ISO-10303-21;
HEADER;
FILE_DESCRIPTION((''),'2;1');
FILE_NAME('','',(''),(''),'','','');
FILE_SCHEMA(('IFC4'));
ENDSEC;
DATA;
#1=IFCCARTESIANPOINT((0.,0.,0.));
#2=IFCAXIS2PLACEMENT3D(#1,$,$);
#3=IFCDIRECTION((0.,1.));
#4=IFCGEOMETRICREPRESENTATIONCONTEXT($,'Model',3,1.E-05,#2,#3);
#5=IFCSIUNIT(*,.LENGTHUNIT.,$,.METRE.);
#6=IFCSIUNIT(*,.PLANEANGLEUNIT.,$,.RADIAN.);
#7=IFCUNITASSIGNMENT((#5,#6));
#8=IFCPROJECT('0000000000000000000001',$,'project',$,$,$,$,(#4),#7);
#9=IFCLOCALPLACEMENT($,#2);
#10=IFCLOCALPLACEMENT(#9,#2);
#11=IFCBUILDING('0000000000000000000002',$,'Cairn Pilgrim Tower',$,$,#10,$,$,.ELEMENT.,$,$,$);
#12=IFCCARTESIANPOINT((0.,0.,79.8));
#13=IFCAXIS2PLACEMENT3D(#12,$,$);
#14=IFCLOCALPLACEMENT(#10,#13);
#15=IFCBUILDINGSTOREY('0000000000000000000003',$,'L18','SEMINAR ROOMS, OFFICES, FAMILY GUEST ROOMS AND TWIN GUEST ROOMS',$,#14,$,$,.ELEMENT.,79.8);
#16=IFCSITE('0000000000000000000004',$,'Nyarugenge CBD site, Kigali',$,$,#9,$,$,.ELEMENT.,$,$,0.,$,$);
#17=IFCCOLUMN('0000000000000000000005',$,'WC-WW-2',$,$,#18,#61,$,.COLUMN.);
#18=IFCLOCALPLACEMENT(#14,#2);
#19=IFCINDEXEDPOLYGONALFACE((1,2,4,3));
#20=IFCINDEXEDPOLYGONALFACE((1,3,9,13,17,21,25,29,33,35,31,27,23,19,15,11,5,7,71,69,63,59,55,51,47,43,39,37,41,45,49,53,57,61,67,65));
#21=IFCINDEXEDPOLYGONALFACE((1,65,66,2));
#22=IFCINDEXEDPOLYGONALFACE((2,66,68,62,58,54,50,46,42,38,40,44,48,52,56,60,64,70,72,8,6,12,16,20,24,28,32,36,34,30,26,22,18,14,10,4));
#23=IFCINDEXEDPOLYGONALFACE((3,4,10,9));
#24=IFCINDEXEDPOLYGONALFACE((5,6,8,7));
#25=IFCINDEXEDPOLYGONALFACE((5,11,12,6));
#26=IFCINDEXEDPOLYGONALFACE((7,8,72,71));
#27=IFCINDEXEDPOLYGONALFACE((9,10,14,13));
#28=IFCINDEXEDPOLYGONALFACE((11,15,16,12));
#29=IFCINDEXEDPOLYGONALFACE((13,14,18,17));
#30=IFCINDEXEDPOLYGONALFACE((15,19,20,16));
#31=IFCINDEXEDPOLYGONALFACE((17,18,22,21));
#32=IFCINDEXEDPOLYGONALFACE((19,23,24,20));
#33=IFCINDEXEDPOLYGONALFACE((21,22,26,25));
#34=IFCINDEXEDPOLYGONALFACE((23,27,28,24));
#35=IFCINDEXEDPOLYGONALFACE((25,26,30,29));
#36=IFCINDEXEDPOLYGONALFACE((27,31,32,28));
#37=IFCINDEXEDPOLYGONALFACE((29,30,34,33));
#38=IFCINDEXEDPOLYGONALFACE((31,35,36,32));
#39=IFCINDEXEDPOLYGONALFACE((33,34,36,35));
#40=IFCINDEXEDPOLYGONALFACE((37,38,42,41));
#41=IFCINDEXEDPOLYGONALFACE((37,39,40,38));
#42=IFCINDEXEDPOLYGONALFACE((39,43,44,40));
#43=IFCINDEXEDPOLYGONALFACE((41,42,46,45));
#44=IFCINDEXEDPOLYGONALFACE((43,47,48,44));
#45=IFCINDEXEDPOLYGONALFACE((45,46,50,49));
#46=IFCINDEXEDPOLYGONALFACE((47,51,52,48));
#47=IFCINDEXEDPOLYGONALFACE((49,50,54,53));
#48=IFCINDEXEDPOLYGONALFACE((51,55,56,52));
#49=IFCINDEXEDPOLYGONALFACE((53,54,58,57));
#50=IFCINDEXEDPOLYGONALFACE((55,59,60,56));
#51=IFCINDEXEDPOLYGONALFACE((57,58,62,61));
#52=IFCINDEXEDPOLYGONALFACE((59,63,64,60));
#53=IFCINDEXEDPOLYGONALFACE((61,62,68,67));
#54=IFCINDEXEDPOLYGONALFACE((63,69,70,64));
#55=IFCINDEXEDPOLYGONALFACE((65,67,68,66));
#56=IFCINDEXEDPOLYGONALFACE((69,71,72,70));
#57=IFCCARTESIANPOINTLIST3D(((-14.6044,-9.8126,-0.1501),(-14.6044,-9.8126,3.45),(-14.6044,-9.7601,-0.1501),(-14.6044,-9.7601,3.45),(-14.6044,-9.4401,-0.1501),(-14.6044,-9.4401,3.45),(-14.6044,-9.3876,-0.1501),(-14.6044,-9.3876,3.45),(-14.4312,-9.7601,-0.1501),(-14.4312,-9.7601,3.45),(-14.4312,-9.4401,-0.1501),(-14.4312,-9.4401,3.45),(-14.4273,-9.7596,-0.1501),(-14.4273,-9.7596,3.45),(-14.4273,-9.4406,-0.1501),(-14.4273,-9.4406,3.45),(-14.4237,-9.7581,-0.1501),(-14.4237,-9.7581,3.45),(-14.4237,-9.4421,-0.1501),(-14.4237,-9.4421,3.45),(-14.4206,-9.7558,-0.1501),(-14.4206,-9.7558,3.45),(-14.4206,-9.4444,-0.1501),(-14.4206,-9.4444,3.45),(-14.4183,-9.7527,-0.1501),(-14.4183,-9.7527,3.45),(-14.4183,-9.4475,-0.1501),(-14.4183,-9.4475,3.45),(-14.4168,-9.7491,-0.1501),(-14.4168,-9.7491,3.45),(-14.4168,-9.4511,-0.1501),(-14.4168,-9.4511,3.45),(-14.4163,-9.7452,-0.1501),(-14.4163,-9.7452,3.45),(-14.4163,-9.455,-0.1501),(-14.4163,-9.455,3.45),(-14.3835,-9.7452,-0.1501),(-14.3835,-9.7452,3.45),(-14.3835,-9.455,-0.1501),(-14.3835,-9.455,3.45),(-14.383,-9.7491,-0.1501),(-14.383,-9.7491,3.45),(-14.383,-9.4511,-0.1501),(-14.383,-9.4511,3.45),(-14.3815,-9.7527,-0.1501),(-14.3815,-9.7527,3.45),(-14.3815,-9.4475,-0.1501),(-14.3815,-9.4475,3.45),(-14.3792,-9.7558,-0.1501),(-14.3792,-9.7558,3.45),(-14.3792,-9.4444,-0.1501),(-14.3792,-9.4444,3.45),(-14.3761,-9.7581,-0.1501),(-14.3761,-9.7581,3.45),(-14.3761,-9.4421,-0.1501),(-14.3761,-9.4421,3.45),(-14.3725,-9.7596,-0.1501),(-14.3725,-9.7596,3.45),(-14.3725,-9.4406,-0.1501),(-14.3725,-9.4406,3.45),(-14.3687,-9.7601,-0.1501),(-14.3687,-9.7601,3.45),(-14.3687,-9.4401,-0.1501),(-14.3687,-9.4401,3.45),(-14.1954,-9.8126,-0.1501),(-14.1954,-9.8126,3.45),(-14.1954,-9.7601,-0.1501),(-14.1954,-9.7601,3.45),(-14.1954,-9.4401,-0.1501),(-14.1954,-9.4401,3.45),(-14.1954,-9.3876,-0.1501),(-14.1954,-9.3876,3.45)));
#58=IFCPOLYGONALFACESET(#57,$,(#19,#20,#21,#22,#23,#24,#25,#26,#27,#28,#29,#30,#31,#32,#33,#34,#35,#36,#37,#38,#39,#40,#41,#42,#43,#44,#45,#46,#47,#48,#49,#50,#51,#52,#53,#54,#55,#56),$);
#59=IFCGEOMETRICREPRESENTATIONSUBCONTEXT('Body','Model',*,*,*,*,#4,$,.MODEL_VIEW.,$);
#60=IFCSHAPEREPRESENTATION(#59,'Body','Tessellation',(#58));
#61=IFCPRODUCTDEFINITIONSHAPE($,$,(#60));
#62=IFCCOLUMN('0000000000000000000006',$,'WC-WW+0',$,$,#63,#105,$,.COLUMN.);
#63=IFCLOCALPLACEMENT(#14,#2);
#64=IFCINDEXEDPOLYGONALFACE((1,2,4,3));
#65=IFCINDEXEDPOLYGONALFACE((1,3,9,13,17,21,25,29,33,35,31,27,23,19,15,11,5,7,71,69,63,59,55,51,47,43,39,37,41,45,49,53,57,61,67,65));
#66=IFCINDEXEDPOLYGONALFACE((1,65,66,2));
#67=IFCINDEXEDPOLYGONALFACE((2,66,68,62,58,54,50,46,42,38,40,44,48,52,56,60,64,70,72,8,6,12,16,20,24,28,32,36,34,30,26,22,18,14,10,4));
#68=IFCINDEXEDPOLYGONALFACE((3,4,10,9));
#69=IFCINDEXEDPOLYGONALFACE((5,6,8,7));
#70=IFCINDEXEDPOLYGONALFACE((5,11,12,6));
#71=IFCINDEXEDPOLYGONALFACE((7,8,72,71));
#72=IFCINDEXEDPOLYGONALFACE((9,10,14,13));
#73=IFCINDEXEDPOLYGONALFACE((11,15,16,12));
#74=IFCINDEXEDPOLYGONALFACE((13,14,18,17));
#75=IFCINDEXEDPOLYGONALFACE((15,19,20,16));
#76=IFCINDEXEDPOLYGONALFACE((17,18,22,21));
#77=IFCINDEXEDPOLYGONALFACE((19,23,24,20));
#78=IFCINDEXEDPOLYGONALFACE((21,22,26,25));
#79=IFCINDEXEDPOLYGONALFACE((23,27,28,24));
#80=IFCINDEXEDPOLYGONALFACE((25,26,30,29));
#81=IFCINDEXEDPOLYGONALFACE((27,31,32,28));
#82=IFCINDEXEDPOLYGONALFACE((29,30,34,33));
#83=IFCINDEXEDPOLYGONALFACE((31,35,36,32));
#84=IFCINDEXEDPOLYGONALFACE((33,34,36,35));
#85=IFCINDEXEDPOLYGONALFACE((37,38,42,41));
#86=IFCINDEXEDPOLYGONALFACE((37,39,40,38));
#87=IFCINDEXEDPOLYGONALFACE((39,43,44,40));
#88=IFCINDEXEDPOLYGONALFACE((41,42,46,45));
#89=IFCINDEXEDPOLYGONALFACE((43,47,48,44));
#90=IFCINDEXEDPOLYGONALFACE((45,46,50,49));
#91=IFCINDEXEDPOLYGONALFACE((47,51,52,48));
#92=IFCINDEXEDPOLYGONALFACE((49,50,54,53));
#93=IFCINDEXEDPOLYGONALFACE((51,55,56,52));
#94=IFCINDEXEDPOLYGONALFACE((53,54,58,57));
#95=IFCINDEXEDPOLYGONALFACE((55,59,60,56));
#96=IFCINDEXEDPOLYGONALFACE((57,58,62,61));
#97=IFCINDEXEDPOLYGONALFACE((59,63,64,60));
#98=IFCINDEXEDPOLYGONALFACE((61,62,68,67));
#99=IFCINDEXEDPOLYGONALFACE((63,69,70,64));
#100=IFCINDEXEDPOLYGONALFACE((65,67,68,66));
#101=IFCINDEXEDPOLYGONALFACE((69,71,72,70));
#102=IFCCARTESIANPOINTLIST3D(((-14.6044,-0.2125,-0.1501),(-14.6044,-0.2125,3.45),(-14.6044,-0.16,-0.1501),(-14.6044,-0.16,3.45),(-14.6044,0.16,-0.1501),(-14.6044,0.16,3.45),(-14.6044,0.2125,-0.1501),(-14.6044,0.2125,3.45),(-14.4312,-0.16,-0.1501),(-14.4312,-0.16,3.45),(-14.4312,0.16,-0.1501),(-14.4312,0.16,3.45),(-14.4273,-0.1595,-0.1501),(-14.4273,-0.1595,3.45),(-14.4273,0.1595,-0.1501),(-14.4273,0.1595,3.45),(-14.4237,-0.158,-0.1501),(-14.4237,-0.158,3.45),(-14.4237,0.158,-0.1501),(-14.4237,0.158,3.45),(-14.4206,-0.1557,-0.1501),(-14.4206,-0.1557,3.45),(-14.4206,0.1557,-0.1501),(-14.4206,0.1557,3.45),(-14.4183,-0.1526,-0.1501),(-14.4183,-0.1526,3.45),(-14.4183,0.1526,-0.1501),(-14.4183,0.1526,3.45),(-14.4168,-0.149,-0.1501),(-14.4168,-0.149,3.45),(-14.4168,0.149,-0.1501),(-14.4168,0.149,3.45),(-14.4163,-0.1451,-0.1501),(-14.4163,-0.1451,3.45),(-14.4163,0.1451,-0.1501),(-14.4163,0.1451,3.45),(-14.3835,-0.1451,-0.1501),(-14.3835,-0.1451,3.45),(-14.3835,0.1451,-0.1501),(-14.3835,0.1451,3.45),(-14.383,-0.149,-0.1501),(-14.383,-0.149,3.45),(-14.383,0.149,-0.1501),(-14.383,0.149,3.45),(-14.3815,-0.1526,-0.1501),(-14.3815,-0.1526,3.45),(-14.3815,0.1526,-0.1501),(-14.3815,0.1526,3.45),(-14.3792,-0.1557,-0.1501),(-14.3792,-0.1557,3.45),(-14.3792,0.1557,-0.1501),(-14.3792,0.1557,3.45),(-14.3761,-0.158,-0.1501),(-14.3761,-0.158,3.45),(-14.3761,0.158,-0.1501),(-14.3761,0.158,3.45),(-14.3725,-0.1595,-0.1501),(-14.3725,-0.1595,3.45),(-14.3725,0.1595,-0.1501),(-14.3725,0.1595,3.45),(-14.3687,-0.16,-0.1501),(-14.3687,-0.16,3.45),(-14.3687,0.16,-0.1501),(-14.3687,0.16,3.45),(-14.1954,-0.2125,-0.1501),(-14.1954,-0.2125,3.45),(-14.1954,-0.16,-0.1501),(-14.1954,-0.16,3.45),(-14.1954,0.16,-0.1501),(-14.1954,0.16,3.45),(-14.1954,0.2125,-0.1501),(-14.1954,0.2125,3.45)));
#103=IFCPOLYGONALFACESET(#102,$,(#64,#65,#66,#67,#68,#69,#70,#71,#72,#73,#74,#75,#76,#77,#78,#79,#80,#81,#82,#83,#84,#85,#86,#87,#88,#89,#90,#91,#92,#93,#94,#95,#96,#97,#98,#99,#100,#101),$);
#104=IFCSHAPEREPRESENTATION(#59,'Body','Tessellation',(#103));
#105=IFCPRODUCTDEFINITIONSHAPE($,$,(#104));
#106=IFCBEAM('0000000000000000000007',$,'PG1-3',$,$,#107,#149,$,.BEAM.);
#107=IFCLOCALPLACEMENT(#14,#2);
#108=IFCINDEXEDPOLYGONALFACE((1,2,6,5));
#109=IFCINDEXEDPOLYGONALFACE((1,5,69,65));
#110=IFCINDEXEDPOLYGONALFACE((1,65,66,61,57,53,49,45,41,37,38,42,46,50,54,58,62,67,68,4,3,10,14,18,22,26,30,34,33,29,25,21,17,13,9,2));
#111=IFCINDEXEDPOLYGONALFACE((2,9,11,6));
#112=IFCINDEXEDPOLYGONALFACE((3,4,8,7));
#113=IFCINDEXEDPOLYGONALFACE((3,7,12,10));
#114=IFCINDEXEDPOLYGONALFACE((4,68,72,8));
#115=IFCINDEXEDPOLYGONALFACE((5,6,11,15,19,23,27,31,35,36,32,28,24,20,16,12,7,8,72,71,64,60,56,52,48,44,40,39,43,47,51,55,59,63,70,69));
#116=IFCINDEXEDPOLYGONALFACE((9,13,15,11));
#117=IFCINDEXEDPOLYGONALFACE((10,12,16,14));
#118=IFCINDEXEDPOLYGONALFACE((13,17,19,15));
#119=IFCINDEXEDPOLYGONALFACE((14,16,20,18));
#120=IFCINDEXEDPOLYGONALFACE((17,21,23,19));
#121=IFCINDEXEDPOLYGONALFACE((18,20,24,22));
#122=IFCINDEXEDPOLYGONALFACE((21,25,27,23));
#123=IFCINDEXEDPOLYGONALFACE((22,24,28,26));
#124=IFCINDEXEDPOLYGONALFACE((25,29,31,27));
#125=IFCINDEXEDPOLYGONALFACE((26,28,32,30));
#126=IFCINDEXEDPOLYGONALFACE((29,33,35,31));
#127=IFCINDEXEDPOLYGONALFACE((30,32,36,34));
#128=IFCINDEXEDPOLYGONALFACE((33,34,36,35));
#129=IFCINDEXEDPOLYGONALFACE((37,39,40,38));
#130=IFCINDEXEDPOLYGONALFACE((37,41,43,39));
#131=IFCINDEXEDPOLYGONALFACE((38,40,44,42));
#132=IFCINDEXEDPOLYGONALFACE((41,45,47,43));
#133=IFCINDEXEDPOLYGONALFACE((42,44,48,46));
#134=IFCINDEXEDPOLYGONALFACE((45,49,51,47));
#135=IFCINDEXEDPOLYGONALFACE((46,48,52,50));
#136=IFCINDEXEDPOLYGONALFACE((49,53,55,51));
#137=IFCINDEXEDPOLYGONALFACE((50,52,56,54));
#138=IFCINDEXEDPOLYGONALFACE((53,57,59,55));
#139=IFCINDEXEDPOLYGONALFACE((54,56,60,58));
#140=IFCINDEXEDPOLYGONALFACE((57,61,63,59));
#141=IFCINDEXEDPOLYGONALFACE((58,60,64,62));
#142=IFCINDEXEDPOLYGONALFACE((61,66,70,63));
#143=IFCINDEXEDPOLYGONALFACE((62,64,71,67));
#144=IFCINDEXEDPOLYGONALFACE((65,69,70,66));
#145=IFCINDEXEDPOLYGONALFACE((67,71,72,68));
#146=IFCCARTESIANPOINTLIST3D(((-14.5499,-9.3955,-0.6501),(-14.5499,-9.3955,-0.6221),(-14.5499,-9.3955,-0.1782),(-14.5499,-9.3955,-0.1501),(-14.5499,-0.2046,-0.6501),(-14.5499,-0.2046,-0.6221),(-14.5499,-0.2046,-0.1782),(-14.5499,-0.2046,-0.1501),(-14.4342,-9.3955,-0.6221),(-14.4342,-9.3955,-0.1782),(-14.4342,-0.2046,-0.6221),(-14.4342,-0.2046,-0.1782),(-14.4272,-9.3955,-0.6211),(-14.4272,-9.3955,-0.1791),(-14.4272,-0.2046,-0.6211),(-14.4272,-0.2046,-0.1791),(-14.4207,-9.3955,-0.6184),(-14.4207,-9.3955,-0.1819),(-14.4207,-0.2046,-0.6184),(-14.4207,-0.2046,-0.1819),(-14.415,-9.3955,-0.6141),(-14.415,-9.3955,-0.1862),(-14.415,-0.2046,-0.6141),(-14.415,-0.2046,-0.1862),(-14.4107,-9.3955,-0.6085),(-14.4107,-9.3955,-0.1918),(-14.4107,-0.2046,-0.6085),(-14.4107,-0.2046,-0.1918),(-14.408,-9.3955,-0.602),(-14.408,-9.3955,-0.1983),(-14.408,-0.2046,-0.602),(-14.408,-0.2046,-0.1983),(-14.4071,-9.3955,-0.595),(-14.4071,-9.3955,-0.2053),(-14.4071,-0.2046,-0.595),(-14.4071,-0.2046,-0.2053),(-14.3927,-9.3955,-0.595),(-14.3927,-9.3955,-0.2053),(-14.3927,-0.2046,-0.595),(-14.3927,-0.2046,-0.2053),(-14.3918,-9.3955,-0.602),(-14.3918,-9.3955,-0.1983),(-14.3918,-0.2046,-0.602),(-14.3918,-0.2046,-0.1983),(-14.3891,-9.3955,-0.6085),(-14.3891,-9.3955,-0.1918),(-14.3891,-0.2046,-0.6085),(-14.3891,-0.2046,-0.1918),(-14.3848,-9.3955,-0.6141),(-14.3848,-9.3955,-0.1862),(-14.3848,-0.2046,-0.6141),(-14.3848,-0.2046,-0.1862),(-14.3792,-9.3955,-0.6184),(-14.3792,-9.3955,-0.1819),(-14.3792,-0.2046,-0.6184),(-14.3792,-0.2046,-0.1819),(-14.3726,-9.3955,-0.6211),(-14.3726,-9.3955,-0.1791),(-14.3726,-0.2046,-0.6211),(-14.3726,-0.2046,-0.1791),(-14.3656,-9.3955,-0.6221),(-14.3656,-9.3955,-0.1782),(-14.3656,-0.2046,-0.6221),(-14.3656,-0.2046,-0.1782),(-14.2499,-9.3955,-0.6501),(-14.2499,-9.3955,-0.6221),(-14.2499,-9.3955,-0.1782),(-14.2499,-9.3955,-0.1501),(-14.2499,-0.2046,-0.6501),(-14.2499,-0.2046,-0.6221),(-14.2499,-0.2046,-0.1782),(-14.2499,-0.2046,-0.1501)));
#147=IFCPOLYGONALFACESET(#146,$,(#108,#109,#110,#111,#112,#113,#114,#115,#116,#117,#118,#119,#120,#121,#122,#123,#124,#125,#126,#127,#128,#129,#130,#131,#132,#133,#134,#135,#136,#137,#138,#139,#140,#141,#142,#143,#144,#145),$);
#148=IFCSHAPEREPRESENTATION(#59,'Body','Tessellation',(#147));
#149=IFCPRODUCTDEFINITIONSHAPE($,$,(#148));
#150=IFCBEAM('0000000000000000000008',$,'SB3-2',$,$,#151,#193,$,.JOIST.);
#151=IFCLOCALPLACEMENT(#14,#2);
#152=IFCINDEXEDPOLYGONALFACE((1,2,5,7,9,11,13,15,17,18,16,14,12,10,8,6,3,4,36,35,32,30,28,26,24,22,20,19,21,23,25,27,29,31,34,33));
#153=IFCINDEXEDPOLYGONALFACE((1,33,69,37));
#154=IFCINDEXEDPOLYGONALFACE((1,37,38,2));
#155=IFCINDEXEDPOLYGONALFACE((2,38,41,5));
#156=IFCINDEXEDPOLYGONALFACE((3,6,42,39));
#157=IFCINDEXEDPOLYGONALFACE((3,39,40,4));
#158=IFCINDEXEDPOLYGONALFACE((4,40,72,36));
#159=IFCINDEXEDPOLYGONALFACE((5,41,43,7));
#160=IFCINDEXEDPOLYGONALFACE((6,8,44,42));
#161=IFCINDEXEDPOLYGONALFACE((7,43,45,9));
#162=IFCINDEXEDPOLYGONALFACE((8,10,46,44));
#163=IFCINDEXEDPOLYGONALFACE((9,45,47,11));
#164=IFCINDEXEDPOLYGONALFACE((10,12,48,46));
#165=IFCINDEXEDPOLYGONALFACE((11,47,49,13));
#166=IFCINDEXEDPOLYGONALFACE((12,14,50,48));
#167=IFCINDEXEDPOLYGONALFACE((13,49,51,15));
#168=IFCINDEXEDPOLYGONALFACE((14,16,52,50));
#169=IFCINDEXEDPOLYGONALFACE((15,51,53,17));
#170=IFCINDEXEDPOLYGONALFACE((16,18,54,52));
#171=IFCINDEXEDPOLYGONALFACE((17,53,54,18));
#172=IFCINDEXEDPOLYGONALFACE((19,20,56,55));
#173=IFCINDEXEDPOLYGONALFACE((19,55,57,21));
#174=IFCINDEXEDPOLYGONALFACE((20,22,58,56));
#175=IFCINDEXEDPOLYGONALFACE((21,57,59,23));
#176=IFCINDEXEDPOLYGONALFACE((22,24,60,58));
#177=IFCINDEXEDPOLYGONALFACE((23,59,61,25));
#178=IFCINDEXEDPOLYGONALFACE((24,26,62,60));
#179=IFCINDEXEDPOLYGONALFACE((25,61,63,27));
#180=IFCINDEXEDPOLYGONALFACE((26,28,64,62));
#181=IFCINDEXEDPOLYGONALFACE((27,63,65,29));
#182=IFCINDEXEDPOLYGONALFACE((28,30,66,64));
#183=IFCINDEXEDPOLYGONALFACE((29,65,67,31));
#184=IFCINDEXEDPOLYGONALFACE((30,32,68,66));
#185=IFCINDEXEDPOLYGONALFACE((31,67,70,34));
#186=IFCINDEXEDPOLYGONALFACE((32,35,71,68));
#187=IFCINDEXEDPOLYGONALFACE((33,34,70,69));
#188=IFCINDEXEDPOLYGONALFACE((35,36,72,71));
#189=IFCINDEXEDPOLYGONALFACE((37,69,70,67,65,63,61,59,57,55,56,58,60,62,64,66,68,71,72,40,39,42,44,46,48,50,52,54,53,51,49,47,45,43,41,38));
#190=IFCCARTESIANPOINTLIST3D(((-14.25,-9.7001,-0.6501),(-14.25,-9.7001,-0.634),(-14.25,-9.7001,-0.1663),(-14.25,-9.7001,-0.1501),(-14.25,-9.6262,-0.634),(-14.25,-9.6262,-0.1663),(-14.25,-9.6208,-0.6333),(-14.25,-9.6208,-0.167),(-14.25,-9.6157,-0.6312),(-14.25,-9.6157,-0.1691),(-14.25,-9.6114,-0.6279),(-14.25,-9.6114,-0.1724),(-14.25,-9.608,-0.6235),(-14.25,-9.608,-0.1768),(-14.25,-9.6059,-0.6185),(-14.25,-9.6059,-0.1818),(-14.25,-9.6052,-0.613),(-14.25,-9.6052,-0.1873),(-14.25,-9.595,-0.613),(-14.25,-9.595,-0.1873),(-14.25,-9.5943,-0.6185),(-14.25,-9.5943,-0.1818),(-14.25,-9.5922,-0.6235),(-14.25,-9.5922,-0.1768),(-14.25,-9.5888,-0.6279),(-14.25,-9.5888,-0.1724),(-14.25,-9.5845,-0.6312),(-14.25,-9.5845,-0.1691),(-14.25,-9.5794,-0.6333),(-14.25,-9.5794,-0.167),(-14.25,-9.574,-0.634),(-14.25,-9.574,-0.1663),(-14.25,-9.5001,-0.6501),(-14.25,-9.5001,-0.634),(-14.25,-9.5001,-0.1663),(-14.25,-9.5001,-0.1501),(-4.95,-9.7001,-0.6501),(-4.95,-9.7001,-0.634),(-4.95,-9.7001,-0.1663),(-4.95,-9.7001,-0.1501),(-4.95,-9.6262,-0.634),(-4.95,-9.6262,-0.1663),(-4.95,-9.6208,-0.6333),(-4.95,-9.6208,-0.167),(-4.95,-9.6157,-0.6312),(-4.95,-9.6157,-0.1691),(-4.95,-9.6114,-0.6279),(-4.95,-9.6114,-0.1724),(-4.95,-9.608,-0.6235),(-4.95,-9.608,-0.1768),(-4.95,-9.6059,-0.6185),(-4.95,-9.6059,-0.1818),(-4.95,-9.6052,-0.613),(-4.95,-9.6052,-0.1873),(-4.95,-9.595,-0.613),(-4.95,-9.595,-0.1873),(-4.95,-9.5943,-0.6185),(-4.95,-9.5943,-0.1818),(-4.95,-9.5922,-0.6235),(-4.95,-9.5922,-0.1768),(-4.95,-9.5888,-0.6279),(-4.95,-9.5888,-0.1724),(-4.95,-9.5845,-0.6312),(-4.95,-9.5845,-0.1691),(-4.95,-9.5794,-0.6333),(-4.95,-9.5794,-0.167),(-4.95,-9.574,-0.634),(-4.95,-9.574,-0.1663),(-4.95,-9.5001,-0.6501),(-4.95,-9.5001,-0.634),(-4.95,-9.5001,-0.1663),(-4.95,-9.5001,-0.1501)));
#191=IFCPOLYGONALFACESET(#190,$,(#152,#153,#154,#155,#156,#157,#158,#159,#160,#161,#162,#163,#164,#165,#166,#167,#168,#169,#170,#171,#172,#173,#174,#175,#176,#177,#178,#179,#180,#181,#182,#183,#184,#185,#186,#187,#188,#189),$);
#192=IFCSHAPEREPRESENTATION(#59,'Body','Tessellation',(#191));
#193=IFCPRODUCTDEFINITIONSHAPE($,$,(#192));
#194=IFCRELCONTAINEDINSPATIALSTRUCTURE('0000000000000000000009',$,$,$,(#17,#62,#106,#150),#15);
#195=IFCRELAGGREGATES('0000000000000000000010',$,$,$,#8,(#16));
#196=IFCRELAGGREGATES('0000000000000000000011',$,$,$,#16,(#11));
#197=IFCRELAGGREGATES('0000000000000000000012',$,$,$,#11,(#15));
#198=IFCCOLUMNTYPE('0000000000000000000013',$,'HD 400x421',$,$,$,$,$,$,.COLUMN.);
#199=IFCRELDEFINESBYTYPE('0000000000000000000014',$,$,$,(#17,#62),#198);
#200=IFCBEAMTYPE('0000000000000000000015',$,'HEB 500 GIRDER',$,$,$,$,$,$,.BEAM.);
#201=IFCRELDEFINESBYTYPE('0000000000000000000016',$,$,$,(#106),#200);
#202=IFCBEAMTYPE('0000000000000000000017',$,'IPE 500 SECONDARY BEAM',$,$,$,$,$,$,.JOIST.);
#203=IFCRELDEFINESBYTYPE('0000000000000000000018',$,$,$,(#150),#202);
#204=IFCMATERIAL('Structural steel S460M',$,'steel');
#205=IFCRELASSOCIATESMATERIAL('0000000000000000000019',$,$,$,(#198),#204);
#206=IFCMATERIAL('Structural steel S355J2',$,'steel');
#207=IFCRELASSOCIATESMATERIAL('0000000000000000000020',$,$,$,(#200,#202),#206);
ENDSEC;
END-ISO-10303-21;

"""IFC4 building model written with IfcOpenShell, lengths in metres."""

from ifc_helpers import new_model, si_unit, direction, frame, origin, origin_2d, place, context, subcontext, project, spatial, i_section, extrude, material, material_profile, profile_set, type_object, element, save


model = new_model("IFC4")

# Units and contexts
model_context = context("Model", 3, precision=1e-05, world=origin(), true_north=direction((0.0, 1.0)))
body_context = subcontext(model_context, "Body", "Model", "MODEL_VIEW")
ifc_project = project(units=[si_unit("LENGTHUNIT", "METRE"), si_unit("PLANEANGLEUNIT", "RADIAN")], contexts=[model_context])

# Site, building, storey
site_placement = place(None, origin())
site = spatial("IfcSite", under=ifc_project, at=site_placement, Name="Nyarugenge CBD site, Kigali", CompositionType="ELEMENT", RefElevation=0.0)
building_placement = place(site_placement, origin())
building = spatial("IfcBuilding", under=site, at=building_placement, Name="Cairn Pilgrim Tower", CompositionType="ELEMENT")
storey_placement = place(building_placement, frame((0.0, 0.0, 79.8)))
storey = spatial("IfcBuildingStorey", under=building, at=storey_placement, Name="L18", Description="SEMINAR ROOMS, OFFICES, FAMILY GUEST ROOMS AND TWIN GUEST ROOMS", CompositionType="ELEMENT", Elevation=79.8)

# Columns
ifc_material_1 = material(Name="Structural steel S460M", Category="steel")
ifc_material_profile_1 = material_profile(ifc_material_1, i_section(OverallWidth=0.4089, OverallDepth=0.425, WebThickness=0.0327, FlangeThickness=0.0525, FilletRadius=0.0149, at=origin_2d()), Name="HD 400x421")
ifc_profile_set_1 = profile_set([ifc_material_profile_1], Name="Structural steel S460M")
column_type = type_object("IfcColumnType", Name="HD 400x421", PredefinedType="COLUMN", material=ifc_profile_set_1)
for number, where, z_axis, x_axis, name in (
    (1, (-14.3999, -9.6001, -0.1501), (0.0, 0.0, 1.0), (1.0, 0.0, 0.0), "WC-WW-2"),
    (2, (-14.3999, 0.0, -0.1501), (0.0, 0.0, 1.0), (1.0, 0.0, 0.0), "WC-WW+0"),
):
    element("IfcColumn", number, at=place(storey_placement, frame(where, z_axis=z_axis, x_axis=x_axis)), inside=storey, type_object=column_type, Name=name, PredefinedType="COLUMN", context=body_context, shape_type="SweptSolid", body=[
        extrude(i_section(OverallWidth=0.4089, OverallDepth=0.425, WebThickness=0.0327, FlangeThickness=0.0525, FilletRadius=0.0149, at=origin_2d()), origin(), (0.0, 0.0, 1.0), 3.6001),
    ])

# Beams
ifc_material_2 = material(Name="Structural steel S355J2", Category="steel")
ifc_material_profile_2 = material_profile(ifc_material_2, i_section(OverallWidth=0.3, OverallDepth=0.5, WebThickness=0.0144, FlangeThickness=0.0281, FilletRadius=0.0271, at=origin_2d()), Name="HEB 500")
ifc_profile_set_2 = profile_set([ifc_material_profile_2], Name="Structural steel S355J2")
beam_type_1 = type_object("IfcBeamType", Name="HEB 500 GIRDER", PredefinedType="BEAM", material=ifc_profile_set_2)
beam_placement = place(storey_placement, frame((-14.3999, -9.3955, -0.4001), z_axis=(0.0, 1.0, 0.0), x_axis=(-1.0, 0.0, 0.0)))
element("IfcBeam", 3, at=beam_placement, inside=storey, type_object=beam_type_1, Name="PG1-3", PredefinedType="BEAM", context=body_context, shape_type="SweptSolid", body=[
    extrude(i_section(OverallWidth=0.3, OverallDepth=0.5, WebThickness=0.0144, FlangeThickness=0.0281, FilletRadius=0.0271, at=origin_2d()), origin(), (0.0, 0.0, 1.0), 9.1909),
])
ifc_material_profile_3 = material_profile(ifc_material_2, i_section(OverallWidth=0.2, OverallDepth=0.5, WebThickness=0.0103, FlangeThickness=0.0161, FilletRadius=0.021, at=origin_2d()), Name="IPE 500")
ifc_profile_set_3 = profile_set([ifc_material_profile_3], Name="Structural steel S355J2")
beam_type_2 = type_object("IfcBeamType", Name="IPE 500 SECONDARY BEAM", PredefinedType="JOIST", material=ifc_profile_set_3)
for number, where, z_axis, x_axis, name in (
    (4, (-14.25, -9.6001, -0.4001), (1.0, 0.0, 0.0), (0.0, 1.0, 0.0), "SB3-2"),
):
    element("IfcBeam", number, at=place(storey_placement, frame(where, z_axis=z_axis, x_axis=x_axis)), inside=storey, type_object=beam_type_2, Name=name, PredefinedType="JOIST", context=body_context, shape_type="SweptSolid", body=[
        extrude(i_section(OverallWidth=0.2, OverallDepth=0.5, WebThickness=0.0103, FlangeThickness=0.0161, FilletRadius=0.021, at=origin_2d()), origin(), (0.0, 0.0, 1.0), 9.3),
    ])

save(model, "model.ifc")
